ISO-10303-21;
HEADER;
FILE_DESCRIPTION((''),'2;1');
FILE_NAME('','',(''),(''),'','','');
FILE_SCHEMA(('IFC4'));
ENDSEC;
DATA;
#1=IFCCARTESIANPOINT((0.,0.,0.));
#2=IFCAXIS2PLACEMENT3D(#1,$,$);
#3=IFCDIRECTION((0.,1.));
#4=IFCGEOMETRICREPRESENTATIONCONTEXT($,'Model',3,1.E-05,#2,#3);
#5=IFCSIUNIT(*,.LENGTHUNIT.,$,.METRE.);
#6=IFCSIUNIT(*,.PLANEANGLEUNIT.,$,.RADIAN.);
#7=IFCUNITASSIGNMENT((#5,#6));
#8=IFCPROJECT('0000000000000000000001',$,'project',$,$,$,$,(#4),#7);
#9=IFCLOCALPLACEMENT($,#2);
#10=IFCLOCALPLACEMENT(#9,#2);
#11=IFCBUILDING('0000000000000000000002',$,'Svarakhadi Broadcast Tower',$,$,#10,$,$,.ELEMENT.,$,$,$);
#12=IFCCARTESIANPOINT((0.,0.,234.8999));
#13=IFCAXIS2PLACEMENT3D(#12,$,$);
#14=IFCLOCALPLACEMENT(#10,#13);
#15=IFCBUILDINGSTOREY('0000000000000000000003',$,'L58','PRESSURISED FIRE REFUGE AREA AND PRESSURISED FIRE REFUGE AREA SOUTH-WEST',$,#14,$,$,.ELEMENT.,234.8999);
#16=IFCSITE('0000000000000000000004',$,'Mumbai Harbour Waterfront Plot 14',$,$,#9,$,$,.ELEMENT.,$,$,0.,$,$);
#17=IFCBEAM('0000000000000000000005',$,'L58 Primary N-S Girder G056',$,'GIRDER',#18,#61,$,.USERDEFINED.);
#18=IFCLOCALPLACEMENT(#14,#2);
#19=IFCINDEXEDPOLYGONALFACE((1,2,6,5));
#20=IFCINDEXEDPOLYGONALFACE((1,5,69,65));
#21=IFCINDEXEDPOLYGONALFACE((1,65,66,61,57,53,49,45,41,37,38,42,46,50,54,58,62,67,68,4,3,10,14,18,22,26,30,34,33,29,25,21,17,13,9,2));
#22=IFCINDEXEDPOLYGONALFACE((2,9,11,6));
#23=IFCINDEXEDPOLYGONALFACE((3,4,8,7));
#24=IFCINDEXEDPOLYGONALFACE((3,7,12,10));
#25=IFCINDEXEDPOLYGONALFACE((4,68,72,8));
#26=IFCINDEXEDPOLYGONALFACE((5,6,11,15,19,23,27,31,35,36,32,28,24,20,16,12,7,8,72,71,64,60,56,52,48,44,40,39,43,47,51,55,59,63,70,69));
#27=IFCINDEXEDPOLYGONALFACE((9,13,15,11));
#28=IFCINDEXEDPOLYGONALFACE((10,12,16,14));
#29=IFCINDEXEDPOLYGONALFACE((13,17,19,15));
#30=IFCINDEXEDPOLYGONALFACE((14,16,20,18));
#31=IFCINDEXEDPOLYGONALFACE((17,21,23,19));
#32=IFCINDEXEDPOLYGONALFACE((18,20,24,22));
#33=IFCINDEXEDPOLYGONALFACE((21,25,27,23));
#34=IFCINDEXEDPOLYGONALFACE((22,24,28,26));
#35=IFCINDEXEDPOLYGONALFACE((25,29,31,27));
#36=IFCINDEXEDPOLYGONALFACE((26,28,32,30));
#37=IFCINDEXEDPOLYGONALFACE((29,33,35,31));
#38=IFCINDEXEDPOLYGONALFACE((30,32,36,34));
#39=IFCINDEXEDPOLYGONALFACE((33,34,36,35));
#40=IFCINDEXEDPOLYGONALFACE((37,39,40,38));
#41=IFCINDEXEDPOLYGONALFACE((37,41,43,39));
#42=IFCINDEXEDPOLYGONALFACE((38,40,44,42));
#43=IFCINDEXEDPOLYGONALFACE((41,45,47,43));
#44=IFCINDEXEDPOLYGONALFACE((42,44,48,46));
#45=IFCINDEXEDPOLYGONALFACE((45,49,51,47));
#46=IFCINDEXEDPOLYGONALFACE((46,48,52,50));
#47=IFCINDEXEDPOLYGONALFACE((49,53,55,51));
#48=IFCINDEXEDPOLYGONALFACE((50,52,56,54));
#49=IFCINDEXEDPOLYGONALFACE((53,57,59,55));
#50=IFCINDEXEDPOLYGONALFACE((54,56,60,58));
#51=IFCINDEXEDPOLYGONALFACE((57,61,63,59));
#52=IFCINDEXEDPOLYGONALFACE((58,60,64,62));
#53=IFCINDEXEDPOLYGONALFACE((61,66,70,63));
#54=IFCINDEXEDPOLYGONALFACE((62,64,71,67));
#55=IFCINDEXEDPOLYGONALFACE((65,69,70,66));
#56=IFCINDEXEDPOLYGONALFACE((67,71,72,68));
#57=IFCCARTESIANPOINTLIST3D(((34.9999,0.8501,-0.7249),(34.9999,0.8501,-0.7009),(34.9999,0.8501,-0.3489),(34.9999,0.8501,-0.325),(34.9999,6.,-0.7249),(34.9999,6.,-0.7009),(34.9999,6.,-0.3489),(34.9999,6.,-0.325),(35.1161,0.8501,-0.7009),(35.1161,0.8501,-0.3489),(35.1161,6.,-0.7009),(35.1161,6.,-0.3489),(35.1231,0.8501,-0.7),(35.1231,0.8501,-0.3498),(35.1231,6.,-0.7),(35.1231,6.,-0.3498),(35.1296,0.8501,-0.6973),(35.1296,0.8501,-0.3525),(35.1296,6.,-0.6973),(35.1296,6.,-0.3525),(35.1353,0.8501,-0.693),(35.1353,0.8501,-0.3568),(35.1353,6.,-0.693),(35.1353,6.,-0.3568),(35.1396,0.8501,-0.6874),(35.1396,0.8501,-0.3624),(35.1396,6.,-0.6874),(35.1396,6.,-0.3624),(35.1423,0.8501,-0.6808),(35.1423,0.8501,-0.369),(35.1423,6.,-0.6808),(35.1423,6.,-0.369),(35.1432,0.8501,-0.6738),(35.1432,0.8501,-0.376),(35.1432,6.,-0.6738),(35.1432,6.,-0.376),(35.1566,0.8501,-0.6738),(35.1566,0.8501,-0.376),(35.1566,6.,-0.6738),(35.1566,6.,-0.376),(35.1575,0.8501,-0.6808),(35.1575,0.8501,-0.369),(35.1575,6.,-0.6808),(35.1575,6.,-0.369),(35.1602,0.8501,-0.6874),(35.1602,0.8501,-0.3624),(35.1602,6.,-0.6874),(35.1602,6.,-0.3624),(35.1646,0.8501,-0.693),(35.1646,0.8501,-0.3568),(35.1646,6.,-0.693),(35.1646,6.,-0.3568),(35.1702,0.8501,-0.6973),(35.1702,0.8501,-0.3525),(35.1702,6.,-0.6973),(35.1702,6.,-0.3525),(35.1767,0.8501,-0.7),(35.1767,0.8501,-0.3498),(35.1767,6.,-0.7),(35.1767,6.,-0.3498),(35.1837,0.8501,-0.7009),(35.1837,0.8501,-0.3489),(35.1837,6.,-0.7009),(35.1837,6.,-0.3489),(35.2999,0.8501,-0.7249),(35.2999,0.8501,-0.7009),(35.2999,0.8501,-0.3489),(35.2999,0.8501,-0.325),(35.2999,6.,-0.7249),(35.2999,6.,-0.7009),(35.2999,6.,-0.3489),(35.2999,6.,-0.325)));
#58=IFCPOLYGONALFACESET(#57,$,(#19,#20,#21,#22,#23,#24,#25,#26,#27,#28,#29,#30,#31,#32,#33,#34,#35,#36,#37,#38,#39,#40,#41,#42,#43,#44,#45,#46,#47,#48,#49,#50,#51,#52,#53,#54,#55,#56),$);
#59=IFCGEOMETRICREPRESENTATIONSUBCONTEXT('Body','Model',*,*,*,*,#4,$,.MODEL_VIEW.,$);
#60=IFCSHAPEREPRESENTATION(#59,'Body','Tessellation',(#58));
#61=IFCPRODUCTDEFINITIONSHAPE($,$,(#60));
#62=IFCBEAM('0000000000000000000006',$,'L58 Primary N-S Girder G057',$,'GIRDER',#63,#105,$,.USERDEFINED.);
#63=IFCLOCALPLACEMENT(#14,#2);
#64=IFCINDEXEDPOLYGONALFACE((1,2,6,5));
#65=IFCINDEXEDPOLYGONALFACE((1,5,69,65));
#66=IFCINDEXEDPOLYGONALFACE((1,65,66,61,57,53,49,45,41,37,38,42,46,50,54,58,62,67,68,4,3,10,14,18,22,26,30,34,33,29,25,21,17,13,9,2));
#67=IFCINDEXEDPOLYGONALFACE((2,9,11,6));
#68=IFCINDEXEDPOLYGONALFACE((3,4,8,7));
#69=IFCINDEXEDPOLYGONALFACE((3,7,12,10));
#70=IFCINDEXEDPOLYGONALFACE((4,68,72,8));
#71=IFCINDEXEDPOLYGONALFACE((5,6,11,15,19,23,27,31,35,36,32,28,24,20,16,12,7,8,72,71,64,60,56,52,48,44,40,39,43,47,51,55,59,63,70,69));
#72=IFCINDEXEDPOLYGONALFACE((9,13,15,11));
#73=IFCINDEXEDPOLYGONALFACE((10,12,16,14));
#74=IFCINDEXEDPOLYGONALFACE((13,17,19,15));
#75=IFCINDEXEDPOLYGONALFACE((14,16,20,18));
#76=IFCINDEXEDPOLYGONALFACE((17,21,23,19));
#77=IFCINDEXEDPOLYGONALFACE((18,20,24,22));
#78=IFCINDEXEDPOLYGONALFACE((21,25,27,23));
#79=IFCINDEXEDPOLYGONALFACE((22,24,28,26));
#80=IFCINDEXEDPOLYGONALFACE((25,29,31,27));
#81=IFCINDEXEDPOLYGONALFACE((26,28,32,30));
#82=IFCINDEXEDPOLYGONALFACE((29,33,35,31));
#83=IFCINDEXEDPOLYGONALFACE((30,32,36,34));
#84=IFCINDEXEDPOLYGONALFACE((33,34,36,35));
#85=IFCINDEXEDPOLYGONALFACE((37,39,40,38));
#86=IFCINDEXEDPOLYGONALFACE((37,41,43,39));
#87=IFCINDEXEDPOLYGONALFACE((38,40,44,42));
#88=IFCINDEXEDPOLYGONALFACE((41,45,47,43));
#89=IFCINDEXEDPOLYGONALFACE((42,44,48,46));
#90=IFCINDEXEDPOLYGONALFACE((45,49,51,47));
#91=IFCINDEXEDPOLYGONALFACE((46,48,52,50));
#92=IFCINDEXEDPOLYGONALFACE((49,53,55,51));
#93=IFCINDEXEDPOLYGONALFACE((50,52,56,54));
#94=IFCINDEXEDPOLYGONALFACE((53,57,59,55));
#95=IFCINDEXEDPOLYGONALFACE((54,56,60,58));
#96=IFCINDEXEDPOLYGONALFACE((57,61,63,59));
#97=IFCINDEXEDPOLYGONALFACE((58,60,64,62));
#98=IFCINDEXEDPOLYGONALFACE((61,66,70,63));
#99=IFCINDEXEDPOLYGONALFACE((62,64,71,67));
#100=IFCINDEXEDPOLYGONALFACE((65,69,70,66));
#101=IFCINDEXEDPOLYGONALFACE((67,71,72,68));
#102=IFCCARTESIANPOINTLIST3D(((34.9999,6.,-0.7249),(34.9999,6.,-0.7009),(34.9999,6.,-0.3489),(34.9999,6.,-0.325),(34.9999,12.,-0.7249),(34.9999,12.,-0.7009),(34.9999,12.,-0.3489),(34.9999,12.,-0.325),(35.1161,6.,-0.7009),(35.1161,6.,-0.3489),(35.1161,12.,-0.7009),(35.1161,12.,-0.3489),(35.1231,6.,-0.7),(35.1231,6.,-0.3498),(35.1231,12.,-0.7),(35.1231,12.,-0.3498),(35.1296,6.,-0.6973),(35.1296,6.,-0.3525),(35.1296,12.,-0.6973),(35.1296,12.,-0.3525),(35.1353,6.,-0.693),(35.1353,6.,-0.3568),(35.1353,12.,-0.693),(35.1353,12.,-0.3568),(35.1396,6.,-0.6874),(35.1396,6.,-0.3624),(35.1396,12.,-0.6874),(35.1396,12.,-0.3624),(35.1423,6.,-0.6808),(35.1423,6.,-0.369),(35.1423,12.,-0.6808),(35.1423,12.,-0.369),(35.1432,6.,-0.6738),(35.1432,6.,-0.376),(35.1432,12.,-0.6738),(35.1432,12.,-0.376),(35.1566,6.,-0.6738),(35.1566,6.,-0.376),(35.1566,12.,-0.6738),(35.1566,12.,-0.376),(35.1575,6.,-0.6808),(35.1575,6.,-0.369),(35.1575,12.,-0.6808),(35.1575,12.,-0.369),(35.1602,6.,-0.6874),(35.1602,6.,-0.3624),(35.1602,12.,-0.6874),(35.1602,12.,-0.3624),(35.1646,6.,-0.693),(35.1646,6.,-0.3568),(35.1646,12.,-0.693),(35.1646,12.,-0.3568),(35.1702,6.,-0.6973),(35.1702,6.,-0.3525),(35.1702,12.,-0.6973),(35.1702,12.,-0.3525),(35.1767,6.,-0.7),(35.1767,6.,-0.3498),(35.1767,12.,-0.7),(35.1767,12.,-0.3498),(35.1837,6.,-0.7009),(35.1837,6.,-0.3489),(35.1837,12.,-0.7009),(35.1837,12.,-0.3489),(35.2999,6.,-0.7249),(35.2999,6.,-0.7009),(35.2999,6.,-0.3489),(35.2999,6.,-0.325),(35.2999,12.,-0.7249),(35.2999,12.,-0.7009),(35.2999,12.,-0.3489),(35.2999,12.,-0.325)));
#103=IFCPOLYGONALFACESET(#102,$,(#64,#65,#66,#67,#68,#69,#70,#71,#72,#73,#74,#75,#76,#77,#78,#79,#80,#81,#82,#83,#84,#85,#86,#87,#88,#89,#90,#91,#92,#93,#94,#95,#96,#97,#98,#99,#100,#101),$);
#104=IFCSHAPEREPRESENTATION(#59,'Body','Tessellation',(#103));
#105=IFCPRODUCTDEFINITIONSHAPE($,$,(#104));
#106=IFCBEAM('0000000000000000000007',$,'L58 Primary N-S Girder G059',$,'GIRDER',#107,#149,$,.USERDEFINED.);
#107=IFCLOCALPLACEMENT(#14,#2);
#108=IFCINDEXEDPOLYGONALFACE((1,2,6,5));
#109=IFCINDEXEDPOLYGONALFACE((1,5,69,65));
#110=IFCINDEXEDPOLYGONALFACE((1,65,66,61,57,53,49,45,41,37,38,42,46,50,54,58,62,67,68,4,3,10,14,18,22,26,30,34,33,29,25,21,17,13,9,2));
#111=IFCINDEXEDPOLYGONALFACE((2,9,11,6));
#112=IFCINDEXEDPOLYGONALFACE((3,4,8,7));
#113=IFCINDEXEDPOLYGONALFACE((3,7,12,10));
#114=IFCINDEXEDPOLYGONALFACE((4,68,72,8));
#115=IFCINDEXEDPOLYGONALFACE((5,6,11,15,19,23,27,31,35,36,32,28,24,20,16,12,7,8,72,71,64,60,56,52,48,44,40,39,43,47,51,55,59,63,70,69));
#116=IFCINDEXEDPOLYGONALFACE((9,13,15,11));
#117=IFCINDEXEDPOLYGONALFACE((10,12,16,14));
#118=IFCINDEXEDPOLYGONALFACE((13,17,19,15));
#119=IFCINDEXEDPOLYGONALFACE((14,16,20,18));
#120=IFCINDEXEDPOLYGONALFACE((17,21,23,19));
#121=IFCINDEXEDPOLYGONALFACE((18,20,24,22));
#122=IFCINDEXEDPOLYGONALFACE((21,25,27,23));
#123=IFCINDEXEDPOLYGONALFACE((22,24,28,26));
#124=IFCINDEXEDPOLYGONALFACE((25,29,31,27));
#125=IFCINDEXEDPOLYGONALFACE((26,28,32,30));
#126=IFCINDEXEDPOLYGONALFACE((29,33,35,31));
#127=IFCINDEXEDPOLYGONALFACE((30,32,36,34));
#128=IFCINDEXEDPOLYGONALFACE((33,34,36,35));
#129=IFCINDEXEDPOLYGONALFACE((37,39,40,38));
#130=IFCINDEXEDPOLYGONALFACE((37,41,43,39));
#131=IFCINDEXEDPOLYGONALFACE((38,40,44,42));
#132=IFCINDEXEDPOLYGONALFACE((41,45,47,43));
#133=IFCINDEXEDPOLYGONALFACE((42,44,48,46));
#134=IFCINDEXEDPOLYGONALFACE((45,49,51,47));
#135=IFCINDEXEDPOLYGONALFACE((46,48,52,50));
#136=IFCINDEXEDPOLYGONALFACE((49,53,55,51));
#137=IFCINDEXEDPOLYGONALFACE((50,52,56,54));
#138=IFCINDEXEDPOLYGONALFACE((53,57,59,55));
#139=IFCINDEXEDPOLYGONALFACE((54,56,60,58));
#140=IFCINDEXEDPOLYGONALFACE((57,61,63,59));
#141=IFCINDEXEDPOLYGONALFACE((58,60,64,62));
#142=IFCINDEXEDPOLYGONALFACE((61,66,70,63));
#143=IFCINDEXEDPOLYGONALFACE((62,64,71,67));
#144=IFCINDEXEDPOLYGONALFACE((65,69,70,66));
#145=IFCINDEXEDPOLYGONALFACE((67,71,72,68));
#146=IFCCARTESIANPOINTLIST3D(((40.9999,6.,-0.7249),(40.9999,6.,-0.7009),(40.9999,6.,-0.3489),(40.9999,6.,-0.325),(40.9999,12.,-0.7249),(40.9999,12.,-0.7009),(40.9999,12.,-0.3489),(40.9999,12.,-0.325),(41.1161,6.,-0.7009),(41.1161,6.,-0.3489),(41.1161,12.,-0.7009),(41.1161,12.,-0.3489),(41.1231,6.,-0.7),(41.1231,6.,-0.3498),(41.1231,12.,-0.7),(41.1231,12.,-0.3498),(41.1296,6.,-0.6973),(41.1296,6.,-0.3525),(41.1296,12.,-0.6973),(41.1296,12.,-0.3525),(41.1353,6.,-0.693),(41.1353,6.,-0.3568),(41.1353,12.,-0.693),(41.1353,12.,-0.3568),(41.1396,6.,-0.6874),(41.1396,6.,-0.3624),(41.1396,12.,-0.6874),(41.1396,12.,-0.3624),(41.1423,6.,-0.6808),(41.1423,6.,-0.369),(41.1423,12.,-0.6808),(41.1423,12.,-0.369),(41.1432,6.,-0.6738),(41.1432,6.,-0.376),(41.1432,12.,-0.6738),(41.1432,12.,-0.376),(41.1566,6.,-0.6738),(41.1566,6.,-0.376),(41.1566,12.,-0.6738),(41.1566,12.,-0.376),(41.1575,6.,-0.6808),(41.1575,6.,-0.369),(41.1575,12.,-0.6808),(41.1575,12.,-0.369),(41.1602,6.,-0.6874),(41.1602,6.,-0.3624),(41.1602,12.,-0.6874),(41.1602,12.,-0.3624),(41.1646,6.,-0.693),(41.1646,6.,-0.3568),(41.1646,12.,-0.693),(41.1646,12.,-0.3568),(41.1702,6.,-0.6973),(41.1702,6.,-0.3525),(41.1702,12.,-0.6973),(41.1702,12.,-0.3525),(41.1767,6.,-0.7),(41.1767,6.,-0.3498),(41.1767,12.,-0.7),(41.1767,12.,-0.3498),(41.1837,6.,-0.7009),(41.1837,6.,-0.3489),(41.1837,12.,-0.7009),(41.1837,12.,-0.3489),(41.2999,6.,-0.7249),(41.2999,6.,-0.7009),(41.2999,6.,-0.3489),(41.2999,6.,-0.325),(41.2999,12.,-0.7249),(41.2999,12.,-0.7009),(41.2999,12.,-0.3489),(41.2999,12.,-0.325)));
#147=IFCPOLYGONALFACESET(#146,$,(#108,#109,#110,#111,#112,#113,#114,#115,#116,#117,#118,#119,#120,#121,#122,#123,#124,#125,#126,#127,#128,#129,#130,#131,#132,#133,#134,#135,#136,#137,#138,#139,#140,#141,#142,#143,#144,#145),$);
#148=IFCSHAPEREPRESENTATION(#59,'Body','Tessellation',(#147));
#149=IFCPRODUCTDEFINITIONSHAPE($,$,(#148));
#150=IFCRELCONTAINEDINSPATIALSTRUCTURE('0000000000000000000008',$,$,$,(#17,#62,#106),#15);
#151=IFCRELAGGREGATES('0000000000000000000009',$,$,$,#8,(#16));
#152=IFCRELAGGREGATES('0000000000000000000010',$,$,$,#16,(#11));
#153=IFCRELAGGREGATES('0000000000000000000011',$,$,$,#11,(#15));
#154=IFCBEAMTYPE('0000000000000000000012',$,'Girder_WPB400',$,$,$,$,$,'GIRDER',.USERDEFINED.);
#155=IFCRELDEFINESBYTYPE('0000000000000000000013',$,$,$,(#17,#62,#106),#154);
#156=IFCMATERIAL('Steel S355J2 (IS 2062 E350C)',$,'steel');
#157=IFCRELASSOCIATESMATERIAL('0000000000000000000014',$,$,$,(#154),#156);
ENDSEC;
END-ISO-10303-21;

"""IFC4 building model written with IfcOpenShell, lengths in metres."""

from ifc_helpers import new_model, si_unit, direction, frame, origin, origin_2d, place, context, subcontext, project, spatial, i_section, extrude, material, material_profile, profile_set, type_object, element, save


model = new_model("IFC4")

# Units and contexts
model_context = context("Model", 3, precision=1e-05, world=origin(), true_north=direction((0.0, 1.0)))
body_context = subcontext(model_context, "Body", "Model", "MODEL_VIEW")
ifc_project = project(units=[si_unit("LENGTHUNIT", "METRE"), si_unit("PLANEANGLEUNIT", "RADIAN")], contexts=[model_context])

# Site, building, storey
site_placement = place(None, origin())
site = spatial("IfcSite", under=ifc_project, at=site_placement, Name="Mumbai Harbour Waterfront Plot 14", CompositionType="ELEMENT", RefElevation=0.0)
building_placement = place(site_placement, origin())
building = spatial("IfcBuilding", under=site, at=building_placement, Name="Svarakhadi Broadcast Tower", CompositionType="ELEMENT")
storey_placement = place(building_placement, frame((0.0, 0.0, 234.8999)))
storey = spatial("IfcBuildingStorey", under=building, at=storey_placement, Name="L58", Description="PRESSURISED FIRE REFUGE AREA AND PRESSURISED FIRE REFUGE AREA SOUTH-WEST", CompositionType="ELEMENT", Elevation=234.8999)

# Beams
ifc_material_1 = material(Name="Steel S355J2 (IS 2062 E350C)", Category="steel")
ifc_material_profile_1 = material_profile(ifc_material_1, i_section(OverallWidth=0.3, OverallDepth=0.3999, WebThickness=0.0134, FlangeThickness=0.0239, FilletRadius=0.0271, at=origin_2d()), Name="WPB 400x300x155")
ifc_profile_set_1 = profile_set([ifc_material_profile_1], Name="Steel S355J2 (IS 2062 E350C)")
beam_type = type_object("IfcBeamType", Name="Girder_WPB400", ElementType="GIRDER", PredefinedType="USERDEFINED", material=ifc_profile_set_1)
beam_1_placement = place(storey_placement, frame((35.1499, 0.8501, -0.5249), z_axis=(0.0, 1.0, 0.0), x_axis=(-1.0, 0.0, 0.0)))
element("IfcBeam", 1, at=beam_1_placement, inside=storey, type_object=beam_type, Name="L58 Primary N-S Girder G056", ObjectType="GIRDER", PredefinedType="USERDEFINED", context=body_context, shape_type="SweptSolid", body=[
    extrude(i_section(OverallWidth=0.3, OverallDepth=0.3999, WebThickness=0.0134, FlangeThickness=0.0239, FilletRadius=0.0271, at=origin_2d()), origin(), (0.0, 0.0, 1.0), 5.1499),
])
for number, where, z_axis, x_axis, name in (
    (2, (35.1499, 6.0, -0.5249), (0.0, 1.0, 0.0), (-1.0, 0.0, 0.0), "L58 Primary N-S Girder G057"),
    (3, (41.1499, 6.0, -0.5249), (0.0, 1.0, 0.0), (-1.0, 0.0, 0.0), "L58 Primary N-S Girder G059"),
):
    element("IfcBeam", number, at=place(storey_placement, frame(where, z_axis=z_axis, x_axis=x_axis)), inside=storey, type_object=beam_type, Name=name, ObjectType="GIRDER", PredefinedType="USERDEFINED", context=body_context, shape_type="SweptSolid", body=[
        extrude(i_section(OverallWidth=0.3, OverallDepth=0.3999, WebThickness=0.0134, FlangeThickness=0.0239, FilletRadius=0.0271, at=origin_2d()), origin(), (0.0, 0.0, 1.0), 6.0),
    ])

save(model, "model.ifc")
